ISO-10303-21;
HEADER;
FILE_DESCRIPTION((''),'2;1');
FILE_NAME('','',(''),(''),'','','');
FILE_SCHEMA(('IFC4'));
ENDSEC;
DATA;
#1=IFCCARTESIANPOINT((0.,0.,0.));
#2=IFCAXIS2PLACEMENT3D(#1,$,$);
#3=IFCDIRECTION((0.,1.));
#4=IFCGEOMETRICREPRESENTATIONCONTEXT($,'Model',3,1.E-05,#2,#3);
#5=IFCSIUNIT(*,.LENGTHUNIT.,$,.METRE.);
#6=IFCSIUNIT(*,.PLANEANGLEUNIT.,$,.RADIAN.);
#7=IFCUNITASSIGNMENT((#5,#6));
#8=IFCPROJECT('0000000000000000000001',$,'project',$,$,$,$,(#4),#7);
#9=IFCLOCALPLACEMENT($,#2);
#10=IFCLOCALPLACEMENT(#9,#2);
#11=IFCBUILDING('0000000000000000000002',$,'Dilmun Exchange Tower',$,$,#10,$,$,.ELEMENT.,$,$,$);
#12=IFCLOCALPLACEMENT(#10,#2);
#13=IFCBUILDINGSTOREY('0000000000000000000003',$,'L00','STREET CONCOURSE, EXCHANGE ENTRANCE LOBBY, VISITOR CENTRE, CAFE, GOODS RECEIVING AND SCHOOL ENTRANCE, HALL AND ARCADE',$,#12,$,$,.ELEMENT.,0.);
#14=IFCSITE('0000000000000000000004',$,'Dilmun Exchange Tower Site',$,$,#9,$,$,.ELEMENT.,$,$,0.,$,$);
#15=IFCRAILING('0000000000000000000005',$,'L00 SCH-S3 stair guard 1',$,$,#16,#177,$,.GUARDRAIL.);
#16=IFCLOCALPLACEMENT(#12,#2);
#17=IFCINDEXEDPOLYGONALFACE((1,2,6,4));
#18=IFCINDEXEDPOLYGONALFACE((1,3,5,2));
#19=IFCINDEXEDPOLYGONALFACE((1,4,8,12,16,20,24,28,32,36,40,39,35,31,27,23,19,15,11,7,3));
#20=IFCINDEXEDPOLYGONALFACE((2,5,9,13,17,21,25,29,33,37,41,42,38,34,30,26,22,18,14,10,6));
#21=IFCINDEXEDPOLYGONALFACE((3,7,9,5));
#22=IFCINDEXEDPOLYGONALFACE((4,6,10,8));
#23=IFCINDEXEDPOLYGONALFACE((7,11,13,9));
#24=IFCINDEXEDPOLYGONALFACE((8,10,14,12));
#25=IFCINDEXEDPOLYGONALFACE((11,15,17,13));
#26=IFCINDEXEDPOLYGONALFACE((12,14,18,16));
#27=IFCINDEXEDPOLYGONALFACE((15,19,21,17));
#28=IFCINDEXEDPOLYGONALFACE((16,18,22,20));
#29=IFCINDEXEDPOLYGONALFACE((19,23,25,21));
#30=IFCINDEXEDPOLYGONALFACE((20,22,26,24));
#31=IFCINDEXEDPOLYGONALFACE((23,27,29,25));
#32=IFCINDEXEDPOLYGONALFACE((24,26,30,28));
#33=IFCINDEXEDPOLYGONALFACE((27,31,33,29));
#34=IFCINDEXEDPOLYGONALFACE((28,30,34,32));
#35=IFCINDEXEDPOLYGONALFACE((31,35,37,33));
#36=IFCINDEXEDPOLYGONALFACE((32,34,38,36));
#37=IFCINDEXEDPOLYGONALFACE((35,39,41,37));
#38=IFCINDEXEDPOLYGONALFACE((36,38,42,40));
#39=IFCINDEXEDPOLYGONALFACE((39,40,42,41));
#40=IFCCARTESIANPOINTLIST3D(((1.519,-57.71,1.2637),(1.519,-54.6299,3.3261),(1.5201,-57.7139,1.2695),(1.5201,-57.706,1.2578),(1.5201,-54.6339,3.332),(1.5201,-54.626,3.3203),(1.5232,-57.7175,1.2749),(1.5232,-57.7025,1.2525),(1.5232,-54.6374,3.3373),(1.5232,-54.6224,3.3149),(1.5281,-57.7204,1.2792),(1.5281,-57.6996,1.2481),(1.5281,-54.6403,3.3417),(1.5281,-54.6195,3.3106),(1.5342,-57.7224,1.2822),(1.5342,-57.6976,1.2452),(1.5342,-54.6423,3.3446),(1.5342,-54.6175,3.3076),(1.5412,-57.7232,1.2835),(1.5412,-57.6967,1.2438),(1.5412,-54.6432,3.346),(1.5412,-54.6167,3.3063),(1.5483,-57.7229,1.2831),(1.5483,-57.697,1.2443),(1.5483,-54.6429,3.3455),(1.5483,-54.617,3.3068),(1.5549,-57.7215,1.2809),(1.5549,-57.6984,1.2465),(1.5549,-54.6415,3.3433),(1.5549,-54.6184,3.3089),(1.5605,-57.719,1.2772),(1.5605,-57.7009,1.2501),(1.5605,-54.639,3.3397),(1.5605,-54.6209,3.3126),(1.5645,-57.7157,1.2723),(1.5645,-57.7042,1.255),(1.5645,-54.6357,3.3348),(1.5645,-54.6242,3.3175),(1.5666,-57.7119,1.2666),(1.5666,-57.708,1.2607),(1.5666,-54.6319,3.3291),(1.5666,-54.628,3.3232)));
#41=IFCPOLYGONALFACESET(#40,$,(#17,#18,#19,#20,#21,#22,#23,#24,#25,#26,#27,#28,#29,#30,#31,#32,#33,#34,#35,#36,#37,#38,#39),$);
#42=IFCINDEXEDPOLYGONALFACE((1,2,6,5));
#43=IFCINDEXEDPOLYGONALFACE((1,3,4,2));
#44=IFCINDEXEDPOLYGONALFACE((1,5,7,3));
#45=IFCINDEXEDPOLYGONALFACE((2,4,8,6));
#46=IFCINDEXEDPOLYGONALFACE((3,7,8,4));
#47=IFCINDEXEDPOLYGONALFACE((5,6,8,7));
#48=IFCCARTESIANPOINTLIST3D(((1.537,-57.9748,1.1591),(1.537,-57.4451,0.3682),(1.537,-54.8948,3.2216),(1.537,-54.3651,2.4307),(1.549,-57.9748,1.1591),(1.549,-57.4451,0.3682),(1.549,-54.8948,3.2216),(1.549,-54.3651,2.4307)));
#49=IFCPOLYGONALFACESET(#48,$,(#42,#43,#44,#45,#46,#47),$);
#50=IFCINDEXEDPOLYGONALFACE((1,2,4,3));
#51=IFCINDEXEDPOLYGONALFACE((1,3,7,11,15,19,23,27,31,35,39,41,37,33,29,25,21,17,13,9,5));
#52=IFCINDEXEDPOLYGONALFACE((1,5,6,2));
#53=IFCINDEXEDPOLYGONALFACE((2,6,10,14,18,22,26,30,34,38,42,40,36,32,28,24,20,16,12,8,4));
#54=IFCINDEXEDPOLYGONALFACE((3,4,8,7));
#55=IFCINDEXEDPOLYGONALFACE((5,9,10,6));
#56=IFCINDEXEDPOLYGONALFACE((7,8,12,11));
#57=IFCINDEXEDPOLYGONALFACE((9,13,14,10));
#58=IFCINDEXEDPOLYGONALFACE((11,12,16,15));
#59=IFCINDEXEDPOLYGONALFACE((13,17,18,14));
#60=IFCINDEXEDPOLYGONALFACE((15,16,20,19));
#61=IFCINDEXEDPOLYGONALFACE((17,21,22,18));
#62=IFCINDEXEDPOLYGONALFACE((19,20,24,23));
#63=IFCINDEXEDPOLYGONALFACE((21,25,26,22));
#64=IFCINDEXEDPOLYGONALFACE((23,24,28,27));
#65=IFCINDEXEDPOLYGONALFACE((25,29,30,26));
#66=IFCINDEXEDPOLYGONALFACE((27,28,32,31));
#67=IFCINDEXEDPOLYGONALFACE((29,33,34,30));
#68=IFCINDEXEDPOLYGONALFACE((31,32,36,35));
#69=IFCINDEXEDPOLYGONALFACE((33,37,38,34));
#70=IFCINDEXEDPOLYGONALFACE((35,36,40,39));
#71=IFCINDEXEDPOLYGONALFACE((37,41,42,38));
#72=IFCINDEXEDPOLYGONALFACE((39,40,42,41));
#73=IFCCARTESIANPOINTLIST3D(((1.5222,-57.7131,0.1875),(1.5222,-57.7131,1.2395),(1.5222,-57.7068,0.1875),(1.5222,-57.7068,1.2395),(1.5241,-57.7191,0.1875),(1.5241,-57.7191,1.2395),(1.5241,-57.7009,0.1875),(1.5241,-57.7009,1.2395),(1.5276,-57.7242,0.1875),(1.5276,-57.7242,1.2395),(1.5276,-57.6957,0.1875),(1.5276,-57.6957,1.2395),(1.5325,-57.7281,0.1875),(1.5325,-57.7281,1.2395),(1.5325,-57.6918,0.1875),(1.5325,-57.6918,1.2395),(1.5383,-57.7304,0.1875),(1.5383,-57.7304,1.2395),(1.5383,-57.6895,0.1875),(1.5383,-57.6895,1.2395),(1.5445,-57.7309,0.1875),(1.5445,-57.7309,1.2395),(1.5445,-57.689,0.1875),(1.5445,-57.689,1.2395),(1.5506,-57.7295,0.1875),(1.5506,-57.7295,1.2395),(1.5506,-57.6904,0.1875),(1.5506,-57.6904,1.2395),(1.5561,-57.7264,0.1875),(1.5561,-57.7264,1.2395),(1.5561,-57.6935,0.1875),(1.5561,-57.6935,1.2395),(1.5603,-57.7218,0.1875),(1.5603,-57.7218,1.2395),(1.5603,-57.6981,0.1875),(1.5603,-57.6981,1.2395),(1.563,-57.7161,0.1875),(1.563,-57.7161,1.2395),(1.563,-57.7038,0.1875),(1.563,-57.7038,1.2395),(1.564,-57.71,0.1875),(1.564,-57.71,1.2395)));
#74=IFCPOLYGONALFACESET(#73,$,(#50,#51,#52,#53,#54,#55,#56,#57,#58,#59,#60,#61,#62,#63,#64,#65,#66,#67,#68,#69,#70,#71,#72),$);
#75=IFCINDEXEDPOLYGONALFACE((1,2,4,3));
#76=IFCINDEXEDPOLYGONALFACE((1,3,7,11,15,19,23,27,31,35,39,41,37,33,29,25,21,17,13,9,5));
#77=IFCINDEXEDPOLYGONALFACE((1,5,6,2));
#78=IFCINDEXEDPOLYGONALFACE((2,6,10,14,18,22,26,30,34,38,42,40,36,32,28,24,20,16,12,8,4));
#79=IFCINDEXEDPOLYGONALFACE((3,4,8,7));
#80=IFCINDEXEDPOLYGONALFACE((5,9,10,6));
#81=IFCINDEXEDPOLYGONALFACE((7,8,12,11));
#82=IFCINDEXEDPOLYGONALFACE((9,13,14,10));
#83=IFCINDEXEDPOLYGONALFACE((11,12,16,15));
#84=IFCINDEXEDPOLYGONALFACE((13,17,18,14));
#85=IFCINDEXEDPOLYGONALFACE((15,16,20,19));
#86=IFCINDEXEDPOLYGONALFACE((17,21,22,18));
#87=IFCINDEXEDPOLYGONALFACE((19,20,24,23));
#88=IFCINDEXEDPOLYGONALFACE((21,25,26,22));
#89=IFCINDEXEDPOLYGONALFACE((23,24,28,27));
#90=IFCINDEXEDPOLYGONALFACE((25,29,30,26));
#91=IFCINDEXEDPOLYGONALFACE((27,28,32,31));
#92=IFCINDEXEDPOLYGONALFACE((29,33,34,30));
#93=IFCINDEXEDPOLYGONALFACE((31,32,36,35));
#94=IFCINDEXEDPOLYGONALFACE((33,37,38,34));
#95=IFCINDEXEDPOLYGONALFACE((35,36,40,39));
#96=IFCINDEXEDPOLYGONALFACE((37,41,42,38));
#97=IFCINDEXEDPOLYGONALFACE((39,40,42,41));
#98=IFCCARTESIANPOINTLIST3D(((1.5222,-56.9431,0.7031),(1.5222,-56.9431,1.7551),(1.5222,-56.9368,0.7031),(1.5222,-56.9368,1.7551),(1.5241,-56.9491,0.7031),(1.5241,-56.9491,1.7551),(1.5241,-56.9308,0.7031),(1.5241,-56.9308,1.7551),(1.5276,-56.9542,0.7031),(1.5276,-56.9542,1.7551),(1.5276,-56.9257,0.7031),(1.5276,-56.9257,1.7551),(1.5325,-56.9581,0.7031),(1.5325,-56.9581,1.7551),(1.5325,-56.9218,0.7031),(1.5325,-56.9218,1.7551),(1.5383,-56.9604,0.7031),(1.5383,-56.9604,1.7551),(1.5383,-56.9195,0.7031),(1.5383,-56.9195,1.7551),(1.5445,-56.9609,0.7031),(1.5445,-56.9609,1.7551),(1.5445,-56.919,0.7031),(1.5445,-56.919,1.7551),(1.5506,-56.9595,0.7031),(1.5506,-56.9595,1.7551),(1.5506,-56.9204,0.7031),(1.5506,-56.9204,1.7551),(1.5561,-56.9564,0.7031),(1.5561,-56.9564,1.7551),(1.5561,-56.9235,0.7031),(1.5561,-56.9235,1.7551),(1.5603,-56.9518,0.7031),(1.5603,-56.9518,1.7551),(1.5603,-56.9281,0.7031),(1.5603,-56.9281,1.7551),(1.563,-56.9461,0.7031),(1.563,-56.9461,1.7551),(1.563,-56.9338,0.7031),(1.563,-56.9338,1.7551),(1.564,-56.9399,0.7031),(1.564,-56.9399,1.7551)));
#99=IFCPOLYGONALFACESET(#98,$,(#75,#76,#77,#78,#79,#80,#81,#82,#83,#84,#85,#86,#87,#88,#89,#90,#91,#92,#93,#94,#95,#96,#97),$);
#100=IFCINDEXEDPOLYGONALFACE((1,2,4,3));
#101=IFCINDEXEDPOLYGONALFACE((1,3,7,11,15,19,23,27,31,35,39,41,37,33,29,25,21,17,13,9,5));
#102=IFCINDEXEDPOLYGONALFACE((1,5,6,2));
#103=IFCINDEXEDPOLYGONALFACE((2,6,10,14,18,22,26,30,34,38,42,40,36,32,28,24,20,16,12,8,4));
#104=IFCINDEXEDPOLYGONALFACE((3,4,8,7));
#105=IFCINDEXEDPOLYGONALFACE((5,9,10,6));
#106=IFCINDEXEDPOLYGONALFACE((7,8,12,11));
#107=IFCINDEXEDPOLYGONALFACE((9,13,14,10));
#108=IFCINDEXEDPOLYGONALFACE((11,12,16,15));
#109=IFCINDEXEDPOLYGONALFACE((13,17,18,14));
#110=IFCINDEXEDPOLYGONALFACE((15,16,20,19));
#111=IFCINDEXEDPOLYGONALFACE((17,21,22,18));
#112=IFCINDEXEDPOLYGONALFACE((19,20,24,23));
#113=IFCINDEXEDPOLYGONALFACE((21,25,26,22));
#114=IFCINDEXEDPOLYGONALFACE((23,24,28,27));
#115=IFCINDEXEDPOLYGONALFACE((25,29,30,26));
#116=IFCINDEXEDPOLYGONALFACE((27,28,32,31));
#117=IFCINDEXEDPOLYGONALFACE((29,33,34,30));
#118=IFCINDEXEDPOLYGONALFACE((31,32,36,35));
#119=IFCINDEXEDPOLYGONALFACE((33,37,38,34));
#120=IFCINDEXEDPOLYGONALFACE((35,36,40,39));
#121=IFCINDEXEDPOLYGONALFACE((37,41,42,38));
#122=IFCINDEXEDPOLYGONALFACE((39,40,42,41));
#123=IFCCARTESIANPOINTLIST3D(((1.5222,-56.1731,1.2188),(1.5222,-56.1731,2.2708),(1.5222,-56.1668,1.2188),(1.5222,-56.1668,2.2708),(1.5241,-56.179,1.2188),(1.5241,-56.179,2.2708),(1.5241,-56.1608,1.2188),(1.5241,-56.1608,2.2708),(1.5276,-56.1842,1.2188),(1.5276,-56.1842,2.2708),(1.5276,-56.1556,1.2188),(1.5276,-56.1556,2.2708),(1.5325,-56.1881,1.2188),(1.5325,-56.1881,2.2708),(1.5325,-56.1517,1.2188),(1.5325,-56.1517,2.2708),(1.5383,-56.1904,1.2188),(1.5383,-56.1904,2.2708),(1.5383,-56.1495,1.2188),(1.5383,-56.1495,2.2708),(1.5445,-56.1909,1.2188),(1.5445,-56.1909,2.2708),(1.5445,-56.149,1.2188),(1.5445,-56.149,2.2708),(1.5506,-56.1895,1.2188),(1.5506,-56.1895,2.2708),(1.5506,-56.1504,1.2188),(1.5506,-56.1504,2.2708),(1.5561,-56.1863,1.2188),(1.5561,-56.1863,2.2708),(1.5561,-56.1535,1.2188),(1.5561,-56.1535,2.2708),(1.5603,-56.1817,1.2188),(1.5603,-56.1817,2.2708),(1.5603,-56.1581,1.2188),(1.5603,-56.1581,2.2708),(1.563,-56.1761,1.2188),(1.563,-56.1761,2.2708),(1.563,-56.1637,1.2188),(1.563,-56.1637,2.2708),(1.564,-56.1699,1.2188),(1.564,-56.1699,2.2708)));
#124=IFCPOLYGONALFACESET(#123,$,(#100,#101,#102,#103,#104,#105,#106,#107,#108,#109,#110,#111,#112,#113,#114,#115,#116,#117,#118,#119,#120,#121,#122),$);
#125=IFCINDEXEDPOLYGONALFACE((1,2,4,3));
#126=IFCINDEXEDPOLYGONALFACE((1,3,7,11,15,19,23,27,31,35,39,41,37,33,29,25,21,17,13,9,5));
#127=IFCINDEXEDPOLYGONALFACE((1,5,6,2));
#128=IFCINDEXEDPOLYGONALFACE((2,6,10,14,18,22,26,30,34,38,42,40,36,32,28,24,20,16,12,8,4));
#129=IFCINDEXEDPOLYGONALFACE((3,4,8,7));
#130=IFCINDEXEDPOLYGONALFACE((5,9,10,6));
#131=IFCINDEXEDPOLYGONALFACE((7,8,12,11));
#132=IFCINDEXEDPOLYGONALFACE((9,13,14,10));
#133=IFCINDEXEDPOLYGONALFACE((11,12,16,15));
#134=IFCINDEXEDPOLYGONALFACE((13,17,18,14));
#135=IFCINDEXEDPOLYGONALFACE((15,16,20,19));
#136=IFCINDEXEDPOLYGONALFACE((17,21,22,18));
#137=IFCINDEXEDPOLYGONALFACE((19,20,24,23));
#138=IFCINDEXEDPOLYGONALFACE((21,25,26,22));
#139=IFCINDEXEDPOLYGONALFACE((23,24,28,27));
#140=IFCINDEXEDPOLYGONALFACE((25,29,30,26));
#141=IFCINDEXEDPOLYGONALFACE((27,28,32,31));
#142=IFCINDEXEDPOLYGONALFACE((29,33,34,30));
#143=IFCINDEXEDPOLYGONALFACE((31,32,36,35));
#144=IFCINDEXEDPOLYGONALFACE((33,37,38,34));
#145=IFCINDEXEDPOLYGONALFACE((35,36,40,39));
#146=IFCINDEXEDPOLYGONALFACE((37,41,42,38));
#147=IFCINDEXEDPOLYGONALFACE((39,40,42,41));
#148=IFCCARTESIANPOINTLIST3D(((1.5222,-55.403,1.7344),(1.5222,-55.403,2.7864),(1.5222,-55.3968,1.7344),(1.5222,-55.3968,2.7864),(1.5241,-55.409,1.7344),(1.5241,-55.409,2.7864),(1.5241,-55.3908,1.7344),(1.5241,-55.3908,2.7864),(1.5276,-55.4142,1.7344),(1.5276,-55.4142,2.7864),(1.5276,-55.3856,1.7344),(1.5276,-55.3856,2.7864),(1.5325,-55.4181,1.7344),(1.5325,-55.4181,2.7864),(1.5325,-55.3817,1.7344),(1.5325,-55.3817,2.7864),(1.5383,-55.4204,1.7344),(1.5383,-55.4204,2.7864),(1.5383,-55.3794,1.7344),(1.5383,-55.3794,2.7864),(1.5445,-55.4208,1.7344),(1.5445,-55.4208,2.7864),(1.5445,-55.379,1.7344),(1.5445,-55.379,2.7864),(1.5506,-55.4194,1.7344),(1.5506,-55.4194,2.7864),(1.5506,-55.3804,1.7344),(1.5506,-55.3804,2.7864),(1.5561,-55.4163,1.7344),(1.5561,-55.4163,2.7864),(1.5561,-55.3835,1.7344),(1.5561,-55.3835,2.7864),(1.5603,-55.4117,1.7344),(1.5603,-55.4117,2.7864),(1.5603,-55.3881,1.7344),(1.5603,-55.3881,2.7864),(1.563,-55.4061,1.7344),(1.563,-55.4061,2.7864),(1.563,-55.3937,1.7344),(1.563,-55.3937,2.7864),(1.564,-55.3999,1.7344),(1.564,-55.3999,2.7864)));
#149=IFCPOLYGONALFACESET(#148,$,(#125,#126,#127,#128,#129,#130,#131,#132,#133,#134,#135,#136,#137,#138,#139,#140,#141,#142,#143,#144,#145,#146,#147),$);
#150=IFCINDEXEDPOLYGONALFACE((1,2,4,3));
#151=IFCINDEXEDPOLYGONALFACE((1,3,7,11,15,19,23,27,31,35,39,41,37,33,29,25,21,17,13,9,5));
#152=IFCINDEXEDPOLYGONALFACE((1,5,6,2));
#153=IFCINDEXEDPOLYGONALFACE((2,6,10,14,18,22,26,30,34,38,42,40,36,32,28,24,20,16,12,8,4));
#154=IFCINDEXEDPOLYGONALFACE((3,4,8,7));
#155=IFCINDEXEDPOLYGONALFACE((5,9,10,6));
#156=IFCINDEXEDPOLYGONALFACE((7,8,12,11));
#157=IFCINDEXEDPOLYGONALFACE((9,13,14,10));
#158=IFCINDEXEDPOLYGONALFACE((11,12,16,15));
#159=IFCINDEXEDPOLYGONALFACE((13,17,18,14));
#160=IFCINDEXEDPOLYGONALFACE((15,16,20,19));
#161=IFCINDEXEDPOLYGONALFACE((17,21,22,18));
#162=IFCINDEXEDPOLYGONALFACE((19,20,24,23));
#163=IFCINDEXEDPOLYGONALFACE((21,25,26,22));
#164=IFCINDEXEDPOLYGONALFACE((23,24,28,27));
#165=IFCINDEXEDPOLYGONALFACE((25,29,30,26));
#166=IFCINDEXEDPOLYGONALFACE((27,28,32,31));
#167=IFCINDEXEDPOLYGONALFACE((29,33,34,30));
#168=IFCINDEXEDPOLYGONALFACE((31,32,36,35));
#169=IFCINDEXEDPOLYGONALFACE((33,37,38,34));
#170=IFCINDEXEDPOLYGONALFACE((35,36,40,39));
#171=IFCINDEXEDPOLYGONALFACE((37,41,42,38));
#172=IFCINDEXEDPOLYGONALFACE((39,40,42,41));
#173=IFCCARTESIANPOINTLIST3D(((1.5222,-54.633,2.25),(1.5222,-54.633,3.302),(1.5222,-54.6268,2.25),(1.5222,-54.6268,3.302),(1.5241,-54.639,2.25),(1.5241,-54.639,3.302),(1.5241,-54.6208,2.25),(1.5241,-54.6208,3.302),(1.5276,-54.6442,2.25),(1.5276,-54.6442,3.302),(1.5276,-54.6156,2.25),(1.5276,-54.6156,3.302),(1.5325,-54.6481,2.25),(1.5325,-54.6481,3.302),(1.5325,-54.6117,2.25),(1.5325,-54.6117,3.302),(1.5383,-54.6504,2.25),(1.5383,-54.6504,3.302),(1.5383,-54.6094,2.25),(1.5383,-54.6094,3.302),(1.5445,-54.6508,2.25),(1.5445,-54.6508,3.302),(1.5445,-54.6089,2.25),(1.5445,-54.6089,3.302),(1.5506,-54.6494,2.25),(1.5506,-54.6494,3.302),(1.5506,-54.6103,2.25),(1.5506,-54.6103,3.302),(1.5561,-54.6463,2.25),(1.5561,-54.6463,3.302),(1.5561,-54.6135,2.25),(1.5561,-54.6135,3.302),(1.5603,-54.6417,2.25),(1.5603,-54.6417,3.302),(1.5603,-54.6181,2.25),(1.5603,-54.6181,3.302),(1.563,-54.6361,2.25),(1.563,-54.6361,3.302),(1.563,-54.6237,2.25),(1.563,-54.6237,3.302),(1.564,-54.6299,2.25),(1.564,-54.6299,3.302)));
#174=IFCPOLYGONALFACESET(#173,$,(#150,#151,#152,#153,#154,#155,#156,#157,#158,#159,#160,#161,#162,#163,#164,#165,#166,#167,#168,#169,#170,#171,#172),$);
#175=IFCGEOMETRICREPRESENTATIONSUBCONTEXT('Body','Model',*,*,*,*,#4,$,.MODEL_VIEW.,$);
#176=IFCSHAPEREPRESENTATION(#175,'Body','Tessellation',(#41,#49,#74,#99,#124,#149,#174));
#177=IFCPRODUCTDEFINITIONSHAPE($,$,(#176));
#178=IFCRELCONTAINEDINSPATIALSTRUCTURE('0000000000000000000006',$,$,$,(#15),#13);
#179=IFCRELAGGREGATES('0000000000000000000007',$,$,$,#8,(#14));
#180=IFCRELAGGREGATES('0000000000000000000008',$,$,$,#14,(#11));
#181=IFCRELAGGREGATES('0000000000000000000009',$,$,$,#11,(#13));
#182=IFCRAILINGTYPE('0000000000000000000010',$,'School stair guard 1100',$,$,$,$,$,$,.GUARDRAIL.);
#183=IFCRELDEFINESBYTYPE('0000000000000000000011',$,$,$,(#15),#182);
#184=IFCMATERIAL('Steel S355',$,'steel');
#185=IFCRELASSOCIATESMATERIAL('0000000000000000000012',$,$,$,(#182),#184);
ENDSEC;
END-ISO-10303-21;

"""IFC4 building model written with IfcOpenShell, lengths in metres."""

from ifc_helpers import new_model, si_unit, direction, frame, origin, origin_2d, place, context, subcontext, project, spatial, rectangle, circle, extrude, material, type_object, element, save


model = new_model("IFC4")

# Units and contexts
model_context = context("Model", 3, precision=1e-05, world=origin(), true_north=direction((0.0, 1.0)))
body_context = subcontext(model_context, "Body", "Model", "MODEL_VIEW")
ifc_project = project(units=[si_unit("LENGTHUNIT", "METRE"), si_unit("PLANEANGLEUNIT", "RADIAN")], contexts=[model_context])

# Site, building, storey
site_placement = place(None, origin())
site = spatial("IfcSite", under=ifc_project, at=site_placement, Name="Dilmun Exchange Tower Site", CompositionType="ELEMENT", RefElevation=0.0)
building_placement = place(site_placement, origin())
building = spatial("IfcBuilding", under=site, at=building_placement, Name="Dilmun Exchange Tower", CompositionType="ELEMENT")
storey_placement = place(building_placement, origin())
storey = spatial("IfcBuildingStorey", under=building, at=storey_placement, Name="L00", Description="STREET CONCOURSE, EXCHANGE ENTRANCE LOBBY, VISITOR CENTRE, CAFE, GOODS RECEIVING AND SCHOOL ENTRANCE, HALL AND ARCADE", CompositionType="ELEMENT", Elevation=0.0)

# Railing
ifc_material_1 = material(Name="Steel S355", Category="steel")
railing_type_1 = type_object("IfcRailingType", Name="School stair guard 1100", PredefinedType="GUARDRAIL", material=ifc_material_1)
railing_1_placement = place(storey_placement, frame((1.543, -57.71, 0.1875)))
element("IfcRailing", 1, at=railing_1_placement, inside=storey, type_object=railing_type_1, Name="L00 SCH-S3 stair guard 1", PredefinedType="GUARDRAIL", context=body_context, shape_type="SweptSolid", body=[
    extrude(circle(Radius=0.0239, at=origin_2d()), frame((0.0, 0.0, 1.0762), z_axis=(0.0, 0.830914, 0.556401), x_axis=(-1.0, 0.0, 0.0)), (0.0, 0.0, 1.0), 3.7068),
    extrude(rectangle(XDim=0.012, YDim=0.9519, at=origin_2d()), frame((0.0, 0.0, 0.5762), z_axis=(0.0, 0.830914, 0.556401), x_axis=(-1.0, 0.0, 0.0)), (0.0, 0.0, 1.0), 3.7068),
    extrude(circle(Radius=0.021, at=origin_2d()), origin(), (0.0, 0.0, 1.0), 1.052),
    extrude(circle(Radius=0.021, at=origin_2d()), frame((0.0, 0.77, 0.5156)), (0.0, 0.0, 1.0), 1.052),
    extrude(circle(Radius=0.021, at=origin_2d()), frame((0.0, 1.54, 1.0312)), (0.0, 0.0, 1.0), 1.052),
    extrude(circle(Radius=0.021, at=origin_2d()), frame((0.0, 2.3101, 1.5469)), (0.0, 0.0, 1.0), 1.052),
    extrude(circle(Radius=0.021, at=origin_2d()), frame((0.0, 3.0801, 2.0625)), (0.0, 0.0, 1.0), 1.052),
])

save(model, "model.ifc")
